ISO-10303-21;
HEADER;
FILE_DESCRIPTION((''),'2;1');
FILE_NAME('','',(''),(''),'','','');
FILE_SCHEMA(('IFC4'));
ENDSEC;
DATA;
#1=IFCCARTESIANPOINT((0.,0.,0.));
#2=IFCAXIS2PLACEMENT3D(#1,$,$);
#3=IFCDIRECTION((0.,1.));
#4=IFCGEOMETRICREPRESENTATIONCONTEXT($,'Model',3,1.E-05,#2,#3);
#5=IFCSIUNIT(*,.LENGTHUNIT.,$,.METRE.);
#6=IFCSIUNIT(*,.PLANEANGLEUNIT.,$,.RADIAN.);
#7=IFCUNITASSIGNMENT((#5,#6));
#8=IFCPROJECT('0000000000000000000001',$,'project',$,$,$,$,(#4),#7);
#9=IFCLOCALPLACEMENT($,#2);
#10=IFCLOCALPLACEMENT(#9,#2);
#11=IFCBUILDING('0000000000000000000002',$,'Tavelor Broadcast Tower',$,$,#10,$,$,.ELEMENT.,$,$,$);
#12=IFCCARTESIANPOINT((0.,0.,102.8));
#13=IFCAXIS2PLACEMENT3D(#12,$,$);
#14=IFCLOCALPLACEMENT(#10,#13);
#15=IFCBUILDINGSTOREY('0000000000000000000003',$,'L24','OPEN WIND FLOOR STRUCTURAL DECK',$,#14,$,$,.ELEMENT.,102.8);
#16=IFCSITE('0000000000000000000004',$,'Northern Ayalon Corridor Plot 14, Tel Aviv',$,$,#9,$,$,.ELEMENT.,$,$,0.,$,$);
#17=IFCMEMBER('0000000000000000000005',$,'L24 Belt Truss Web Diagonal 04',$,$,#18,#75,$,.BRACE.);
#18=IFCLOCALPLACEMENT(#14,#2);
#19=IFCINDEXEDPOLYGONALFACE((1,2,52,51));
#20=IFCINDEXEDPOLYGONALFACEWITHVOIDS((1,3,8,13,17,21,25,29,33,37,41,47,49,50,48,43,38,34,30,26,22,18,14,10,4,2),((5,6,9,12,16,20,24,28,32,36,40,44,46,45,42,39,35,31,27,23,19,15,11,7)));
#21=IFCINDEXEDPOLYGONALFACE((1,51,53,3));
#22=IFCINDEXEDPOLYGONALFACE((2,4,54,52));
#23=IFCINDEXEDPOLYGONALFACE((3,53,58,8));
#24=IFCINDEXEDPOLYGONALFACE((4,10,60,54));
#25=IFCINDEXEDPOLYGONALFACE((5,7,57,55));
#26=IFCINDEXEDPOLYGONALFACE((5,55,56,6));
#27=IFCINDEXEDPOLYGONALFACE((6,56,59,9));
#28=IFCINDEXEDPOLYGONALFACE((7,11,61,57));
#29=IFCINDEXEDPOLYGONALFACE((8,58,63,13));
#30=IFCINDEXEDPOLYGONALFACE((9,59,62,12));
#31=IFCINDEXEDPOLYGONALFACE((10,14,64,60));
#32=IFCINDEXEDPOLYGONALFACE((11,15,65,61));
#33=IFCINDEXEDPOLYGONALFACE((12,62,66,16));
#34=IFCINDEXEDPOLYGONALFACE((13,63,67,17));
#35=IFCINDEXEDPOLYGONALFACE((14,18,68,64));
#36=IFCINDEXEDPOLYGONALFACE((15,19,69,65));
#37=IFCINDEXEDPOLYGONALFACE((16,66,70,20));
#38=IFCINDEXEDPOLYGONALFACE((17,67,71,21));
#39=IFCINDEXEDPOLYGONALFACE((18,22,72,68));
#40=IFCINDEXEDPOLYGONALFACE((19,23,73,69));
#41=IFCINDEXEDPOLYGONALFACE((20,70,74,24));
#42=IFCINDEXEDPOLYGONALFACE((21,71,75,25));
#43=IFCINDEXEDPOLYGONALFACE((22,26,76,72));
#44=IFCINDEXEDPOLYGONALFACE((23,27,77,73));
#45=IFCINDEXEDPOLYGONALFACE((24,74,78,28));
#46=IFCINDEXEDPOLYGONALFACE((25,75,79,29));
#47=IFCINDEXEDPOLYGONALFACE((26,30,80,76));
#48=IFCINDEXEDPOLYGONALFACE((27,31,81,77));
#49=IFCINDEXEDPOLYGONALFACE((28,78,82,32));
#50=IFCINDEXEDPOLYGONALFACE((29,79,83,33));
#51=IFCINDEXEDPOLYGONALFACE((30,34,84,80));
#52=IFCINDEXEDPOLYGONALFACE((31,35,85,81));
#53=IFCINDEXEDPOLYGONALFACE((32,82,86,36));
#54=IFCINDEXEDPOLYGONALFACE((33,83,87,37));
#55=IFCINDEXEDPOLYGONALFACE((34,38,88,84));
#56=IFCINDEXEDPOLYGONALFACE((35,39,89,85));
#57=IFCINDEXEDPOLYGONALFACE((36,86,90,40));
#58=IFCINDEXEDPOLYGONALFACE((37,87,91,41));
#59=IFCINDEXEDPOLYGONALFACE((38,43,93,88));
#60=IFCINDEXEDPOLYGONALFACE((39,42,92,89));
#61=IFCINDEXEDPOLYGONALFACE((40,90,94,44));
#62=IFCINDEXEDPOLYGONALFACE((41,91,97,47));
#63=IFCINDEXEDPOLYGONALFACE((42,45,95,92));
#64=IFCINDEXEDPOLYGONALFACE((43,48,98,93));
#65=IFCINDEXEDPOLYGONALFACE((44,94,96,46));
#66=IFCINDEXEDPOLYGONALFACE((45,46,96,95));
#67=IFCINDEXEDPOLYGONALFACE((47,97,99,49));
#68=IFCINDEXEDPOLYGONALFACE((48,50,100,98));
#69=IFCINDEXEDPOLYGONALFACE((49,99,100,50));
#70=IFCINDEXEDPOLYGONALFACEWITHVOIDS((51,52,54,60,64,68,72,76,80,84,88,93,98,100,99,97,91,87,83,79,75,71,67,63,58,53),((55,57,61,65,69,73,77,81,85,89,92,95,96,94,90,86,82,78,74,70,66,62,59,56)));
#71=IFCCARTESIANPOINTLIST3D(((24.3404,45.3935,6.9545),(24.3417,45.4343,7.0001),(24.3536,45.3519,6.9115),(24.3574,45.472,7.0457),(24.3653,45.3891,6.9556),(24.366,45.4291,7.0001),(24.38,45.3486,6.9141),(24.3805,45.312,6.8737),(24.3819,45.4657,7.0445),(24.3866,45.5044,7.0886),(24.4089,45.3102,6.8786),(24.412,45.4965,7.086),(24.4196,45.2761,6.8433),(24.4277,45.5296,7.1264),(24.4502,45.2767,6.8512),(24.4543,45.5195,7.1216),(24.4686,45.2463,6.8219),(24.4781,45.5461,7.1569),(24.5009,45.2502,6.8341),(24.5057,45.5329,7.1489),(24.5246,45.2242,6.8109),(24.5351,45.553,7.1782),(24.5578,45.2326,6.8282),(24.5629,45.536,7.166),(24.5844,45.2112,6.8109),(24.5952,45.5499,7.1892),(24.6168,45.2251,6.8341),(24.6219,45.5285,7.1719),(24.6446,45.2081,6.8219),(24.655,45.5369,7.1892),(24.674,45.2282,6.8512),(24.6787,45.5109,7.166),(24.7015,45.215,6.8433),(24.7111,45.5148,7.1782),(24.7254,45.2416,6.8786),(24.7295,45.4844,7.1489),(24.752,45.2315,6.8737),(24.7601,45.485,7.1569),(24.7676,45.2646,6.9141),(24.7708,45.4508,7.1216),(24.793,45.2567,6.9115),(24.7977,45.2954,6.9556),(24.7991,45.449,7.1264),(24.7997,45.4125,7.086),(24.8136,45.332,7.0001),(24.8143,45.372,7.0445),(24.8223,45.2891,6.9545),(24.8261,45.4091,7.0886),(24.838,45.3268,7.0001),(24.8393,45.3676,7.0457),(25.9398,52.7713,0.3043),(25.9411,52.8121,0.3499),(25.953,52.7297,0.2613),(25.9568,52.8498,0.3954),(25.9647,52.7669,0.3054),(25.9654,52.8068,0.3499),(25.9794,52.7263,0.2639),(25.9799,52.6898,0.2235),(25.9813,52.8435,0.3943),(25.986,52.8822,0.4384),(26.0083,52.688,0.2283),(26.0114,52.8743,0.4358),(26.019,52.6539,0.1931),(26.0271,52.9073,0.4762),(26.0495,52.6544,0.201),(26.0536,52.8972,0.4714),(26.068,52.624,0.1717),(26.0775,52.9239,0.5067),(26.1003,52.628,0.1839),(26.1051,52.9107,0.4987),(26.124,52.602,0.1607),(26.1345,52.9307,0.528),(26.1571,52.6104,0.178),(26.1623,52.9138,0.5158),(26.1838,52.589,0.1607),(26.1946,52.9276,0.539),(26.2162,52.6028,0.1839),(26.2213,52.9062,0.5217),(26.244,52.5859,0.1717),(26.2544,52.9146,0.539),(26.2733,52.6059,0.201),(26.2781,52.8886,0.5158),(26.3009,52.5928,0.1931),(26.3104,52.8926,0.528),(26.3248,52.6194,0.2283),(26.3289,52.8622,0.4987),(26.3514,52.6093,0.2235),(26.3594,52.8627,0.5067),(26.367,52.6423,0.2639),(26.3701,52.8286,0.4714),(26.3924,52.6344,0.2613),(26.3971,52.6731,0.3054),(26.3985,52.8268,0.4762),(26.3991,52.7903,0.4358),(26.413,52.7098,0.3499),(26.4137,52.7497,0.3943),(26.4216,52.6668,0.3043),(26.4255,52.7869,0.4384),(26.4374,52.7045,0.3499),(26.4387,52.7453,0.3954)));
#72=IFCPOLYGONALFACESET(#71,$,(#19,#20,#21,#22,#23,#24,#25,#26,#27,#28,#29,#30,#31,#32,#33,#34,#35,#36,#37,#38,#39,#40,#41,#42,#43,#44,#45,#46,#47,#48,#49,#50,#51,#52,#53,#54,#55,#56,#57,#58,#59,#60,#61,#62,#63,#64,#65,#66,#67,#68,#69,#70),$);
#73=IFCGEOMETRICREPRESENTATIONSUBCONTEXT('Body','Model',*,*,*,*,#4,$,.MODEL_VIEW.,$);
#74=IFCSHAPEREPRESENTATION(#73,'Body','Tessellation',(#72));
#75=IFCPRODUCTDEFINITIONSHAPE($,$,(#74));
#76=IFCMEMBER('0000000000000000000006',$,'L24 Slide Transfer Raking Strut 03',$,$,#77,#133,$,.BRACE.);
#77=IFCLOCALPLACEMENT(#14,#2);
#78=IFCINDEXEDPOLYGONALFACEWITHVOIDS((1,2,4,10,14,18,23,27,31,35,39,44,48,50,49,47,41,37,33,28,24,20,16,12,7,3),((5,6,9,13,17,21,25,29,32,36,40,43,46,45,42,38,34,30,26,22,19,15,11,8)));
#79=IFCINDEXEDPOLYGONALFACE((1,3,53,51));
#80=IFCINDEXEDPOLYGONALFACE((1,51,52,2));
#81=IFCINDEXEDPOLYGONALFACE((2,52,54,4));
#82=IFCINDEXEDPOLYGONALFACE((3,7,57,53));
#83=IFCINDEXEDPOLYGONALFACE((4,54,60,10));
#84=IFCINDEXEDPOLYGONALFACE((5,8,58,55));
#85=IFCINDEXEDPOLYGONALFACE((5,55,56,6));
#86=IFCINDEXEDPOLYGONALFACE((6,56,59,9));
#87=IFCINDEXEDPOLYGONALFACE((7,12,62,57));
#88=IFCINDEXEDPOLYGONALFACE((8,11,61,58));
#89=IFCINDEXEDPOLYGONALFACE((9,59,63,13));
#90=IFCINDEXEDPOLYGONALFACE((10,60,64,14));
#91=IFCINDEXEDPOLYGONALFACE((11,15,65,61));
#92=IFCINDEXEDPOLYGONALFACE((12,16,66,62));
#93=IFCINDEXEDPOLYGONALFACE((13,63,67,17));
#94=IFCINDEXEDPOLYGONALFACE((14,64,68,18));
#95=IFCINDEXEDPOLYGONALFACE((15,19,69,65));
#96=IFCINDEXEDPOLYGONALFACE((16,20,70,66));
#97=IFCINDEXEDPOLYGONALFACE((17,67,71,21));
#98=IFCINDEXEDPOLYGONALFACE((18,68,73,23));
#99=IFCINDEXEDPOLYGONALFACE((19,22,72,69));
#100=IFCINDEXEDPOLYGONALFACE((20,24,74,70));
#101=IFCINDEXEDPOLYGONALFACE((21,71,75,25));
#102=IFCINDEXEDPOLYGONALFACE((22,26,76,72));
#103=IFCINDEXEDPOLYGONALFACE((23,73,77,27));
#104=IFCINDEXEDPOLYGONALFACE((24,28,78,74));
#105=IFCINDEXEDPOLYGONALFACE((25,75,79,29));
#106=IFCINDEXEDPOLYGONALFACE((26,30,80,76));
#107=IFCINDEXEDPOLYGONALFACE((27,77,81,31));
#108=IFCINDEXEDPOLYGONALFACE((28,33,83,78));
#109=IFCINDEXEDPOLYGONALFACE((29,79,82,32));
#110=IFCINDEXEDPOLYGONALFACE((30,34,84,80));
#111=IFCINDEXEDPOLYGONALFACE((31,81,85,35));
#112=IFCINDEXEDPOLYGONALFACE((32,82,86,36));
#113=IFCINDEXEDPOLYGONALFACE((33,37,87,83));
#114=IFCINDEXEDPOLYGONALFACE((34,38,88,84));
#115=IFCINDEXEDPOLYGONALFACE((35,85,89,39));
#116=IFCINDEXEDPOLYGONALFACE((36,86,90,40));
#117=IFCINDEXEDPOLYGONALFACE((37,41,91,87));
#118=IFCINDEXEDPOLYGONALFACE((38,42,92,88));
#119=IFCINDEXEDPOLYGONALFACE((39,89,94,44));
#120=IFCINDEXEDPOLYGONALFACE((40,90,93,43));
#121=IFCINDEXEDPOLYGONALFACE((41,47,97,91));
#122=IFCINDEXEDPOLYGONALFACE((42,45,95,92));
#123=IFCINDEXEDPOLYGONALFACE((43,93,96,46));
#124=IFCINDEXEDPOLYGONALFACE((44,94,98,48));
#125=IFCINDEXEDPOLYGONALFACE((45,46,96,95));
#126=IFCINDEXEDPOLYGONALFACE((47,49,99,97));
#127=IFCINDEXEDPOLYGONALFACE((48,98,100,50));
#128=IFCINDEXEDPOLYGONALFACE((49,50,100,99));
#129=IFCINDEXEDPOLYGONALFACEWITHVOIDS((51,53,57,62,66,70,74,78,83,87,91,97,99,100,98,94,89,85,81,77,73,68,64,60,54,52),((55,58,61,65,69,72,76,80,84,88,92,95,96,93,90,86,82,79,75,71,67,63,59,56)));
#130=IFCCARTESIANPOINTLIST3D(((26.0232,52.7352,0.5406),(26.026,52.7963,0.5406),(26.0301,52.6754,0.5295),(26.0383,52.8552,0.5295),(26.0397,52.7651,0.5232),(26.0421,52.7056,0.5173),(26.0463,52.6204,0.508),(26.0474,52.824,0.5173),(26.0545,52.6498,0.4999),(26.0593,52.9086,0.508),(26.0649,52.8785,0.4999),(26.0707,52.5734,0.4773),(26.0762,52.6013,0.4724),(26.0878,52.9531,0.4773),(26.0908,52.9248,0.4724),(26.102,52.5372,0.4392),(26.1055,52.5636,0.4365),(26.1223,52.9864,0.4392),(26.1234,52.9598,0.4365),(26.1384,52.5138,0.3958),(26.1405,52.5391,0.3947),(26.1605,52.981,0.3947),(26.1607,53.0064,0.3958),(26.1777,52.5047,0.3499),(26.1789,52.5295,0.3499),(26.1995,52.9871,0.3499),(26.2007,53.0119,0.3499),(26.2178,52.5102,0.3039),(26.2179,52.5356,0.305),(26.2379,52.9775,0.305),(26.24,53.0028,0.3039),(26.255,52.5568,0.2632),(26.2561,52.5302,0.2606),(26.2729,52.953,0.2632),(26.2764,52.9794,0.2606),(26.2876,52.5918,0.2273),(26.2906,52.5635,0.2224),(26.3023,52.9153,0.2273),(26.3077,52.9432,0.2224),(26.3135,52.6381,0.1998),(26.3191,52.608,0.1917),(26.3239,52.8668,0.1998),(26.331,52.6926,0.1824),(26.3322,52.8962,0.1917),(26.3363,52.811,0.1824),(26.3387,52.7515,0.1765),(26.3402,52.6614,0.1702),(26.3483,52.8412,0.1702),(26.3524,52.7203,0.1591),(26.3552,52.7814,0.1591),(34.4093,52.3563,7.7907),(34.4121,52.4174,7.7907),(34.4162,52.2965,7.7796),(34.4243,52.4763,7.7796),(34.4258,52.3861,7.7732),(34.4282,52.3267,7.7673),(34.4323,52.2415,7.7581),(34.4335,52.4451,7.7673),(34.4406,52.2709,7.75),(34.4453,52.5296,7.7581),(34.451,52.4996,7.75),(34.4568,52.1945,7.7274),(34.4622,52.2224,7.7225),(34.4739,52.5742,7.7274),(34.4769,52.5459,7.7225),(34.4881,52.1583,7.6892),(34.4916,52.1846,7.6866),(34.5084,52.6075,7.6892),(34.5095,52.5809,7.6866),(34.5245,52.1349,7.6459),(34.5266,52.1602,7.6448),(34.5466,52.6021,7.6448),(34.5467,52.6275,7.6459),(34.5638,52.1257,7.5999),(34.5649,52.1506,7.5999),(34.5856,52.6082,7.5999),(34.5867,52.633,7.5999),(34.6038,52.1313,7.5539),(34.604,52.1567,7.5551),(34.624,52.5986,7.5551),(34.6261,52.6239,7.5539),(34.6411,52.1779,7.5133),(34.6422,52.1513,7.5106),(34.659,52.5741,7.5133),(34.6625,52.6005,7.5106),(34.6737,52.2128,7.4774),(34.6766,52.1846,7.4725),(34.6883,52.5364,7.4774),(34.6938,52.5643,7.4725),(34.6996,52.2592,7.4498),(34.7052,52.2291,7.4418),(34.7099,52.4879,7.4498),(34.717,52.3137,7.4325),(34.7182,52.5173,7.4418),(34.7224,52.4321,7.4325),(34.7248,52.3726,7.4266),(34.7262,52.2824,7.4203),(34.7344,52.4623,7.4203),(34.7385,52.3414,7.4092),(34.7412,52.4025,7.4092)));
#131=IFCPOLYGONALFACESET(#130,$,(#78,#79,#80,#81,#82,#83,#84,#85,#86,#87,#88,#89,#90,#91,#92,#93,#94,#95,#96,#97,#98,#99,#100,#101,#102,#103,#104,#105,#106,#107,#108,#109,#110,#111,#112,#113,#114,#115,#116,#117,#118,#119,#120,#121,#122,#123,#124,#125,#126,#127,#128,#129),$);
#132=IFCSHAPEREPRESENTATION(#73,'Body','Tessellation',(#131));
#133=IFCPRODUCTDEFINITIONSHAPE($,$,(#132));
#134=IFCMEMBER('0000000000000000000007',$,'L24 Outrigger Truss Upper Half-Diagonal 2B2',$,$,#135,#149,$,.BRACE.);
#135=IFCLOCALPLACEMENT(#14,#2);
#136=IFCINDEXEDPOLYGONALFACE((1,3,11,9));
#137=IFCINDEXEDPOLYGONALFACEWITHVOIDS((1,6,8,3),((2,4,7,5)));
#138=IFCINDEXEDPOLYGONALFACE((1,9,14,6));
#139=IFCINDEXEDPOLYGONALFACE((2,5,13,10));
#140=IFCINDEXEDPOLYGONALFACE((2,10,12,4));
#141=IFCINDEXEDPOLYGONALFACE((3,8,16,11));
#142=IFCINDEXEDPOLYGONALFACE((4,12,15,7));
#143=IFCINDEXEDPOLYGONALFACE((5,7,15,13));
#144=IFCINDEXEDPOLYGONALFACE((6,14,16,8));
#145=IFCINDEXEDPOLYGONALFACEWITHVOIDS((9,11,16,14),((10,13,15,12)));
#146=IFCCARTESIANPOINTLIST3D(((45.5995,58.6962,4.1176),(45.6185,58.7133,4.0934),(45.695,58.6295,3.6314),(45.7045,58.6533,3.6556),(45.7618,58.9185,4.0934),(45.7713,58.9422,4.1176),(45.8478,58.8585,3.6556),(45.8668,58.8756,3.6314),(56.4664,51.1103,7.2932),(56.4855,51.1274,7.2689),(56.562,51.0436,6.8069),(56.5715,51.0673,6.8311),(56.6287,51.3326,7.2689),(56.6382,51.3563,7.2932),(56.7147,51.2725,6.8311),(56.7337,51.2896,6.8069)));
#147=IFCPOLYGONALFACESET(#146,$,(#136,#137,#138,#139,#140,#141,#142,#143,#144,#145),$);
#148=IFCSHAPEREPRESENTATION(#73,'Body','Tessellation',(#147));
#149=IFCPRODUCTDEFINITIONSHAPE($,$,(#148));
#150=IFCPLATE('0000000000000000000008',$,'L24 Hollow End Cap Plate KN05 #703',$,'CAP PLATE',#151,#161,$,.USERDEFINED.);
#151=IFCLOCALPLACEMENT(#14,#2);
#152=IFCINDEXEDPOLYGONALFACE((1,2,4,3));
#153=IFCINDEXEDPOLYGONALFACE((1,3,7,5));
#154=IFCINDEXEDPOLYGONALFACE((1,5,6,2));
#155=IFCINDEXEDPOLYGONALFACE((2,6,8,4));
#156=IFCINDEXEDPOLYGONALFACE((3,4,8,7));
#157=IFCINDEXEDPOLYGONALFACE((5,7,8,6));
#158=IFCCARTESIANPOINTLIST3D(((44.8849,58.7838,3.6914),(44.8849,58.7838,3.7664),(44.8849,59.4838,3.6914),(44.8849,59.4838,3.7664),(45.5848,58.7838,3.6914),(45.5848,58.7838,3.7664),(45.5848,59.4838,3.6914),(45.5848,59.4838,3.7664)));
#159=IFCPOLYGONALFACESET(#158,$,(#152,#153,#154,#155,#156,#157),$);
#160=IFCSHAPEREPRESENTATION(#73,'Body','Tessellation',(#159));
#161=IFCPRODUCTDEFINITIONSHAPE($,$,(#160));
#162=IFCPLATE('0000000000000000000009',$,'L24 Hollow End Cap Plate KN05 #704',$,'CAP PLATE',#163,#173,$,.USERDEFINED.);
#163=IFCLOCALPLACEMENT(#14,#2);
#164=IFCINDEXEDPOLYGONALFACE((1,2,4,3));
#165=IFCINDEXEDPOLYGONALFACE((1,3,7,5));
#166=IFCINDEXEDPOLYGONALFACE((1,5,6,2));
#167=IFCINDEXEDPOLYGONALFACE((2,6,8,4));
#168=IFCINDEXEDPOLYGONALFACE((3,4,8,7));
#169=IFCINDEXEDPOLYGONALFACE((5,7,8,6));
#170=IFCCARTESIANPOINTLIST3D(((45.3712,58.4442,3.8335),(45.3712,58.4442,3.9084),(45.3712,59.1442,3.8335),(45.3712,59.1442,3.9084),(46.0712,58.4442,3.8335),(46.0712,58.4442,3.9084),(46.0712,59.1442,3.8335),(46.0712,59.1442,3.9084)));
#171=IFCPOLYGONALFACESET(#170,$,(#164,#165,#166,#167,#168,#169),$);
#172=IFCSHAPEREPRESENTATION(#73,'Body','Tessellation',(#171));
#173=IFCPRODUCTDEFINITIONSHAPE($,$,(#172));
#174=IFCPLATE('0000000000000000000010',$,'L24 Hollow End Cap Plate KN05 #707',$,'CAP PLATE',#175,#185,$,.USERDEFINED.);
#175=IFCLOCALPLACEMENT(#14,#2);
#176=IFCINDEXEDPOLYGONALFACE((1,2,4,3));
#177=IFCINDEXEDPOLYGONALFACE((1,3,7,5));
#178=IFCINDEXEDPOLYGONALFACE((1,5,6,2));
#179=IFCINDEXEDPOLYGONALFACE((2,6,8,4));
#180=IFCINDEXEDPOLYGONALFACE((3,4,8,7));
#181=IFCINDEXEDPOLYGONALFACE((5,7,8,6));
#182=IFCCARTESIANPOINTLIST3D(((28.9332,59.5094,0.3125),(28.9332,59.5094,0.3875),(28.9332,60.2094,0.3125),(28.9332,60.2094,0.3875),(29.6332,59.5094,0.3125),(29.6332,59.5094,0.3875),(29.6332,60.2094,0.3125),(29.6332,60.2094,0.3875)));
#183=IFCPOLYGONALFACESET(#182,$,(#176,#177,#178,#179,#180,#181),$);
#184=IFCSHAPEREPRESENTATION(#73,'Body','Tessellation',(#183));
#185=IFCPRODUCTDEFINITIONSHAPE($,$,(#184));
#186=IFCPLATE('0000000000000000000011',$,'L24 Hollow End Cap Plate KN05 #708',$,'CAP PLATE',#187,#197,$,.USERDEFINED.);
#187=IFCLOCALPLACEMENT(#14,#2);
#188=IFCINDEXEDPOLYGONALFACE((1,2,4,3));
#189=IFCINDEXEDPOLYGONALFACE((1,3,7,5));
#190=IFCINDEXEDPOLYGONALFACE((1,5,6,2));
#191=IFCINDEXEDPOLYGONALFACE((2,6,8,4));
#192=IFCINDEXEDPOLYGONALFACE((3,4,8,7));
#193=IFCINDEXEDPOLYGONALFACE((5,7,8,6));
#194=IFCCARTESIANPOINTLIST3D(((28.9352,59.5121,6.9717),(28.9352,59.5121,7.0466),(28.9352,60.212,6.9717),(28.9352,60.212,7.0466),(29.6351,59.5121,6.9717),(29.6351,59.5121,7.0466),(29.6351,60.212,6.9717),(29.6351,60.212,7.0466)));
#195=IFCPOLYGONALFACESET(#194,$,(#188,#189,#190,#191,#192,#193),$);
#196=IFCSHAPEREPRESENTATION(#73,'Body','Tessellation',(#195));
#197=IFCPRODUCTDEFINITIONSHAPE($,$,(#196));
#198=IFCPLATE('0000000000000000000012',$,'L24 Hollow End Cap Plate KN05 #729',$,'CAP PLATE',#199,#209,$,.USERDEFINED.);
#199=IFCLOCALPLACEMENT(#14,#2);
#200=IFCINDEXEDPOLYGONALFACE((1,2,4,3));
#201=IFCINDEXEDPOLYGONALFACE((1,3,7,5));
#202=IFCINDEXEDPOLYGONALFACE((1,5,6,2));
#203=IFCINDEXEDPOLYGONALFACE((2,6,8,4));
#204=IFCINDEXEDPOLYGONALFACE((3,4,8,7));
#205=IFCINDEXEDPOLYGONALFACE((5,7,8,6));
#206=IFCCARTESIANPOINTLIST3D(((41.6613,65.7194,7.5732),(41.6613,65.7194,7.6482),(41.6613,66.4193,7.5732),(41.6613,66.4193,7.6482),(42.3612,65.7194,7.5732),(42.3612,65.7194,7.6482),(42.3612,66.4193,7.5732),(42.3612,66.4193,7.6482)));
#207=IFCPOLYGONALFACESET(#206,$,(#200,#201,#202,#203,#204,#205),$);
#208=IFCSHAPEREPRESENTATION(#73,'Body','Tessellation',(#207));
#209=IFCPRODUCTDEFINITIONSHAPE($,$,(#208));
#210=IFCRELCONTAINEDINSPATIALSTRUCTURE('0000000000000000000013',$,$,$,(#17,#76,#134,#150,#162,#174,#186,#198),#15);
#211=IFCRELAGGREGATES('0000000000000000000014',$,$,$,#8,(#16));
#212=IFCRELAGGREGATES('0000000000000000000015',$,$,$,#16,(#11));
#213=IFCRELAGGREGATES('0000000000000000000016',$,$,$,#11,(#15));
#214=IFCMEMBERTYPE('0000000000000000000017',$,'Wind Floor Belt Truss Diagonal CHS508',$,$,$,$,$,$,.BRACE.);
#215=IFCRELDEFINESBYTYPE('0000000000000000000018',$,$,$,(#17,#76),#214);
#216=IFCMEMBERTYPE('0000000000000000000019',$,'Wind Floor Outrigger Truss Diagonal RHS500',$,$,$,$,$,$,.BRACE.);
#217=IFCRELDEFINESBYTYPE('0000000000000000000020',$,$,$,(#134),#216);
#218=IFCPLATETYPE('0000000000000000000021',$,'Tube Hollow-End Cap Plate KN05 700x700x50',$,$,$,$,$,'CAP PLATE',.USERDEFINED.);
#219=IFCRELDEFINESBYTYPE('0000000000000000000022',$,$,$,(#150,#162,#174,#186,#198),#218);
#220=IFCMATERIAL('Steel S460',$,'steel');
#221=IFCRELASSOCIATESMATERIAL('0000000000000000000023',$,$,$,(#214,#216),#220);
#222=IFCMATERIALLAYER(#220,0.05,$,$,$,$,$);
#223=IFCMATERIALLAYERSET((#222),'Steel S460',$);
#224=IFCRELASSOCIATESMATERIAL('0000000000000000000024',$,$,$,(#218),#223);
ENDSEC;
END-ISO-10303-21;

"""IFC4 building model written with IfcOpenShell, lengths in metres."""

from ifc_helpers import new_model, si_unit, direction, frame, origin, origin_2d, place, context, subcontext, project, spatial, rectangle, hollow_rectangle, hollow_circle, extrude, source, transform, mapped, material, layer, layer_set, material_profile, profile_set, type_object, element, save


model = new_model("IFC4")

# Units and contexts
model_context = context("Model", 3, precision=1e-05, world=origin(), true_north=direction((0.0, 1.0)))
body_context = subcontext(model_context, "Body", "Model", "MODEL_VIEW")
ifc_project = project(units=[si_unit("LENGTHUNIT", "METRE"), si_unit("PLANEANGLEUNIT", "RADIAN")], contexts=[model_context])

# Site, building, storey
site_placement = place(None, origin())
site = spatial("IfcSite", under=ifc_project, at=site_placement, Name="Northern Ayalon Corridor Plot 14, Tel Aviv", CompositionType="ELEMENT", RefElevation=0.0)
building_placement = place(site_placement, origin())
building = spatial("IfcBuilding", under=site, at=building_placement, Name="Tavelor Broadcast Tower", CompositionType="ELEMENT")
storey_placement = place(building_placement, frame((0.0, 0.0, 102.8)))
storey = spatial("IfcBuildingStorey", under=building, at=storey_placement, Name="L24", Description="OPEN WIND FLOOR STRUCTURAL DECK", CompositionType="ELEMENT", Elevation=102.8)

# Shared definitions
ifc_material_1 = material(Name="Steel S460", Category="steel")

# Members
ifc_material_profile_1 = material_profile(ifc_material_1, hollow_circle(Radius=0.2539, WallThickness=0.0249, at=origin_2d()), Name="CHS 508x25")
ifc_profile_set_1 = profile_set([ifc_material_profile_1], Name="Steel S460")
member_type_1 = type_object("IfcMemberType", Name="Wind Floor Belt Truss Diagonal CHS508", PredefinedType="BRACE", material=ifc_profile_set_1)
member_1_placement = place(storey_placement, frame((26.1892, 52.7583, 0.3499), z_axis=(-0.158976, -0.733336, 0.661019), x_axis=(0.977299, -0.211863, 0.0)))
element("IfcMember", 1, at=member_1_placement, inside=storey, type_object=member_type_1, Name="L24 Belt Truss Web Diagonal 04", PredefinedType="BRACE", context=body_context, shape_type="SweptSolid", body=[
    extrude(hollow_circle(Radius=0.2539, WallThickness=0.0249, at=origin_2d()), origin(), (0.0, 0.0, 1.0), 10.0605),
])
member_2_placement = place(storey_placement, frame((26.1892, 52.7583, 0.3499), z_axis=(0.756044, -0.034161, 0.653629), x_axis=(0.045137, 0.998981, 0.0)))
element("IfcMember", 2, at=member_2_placement, inside=storey, type_object=member_type_1, Name="L24 Slide Transfer Raking Strut 03", PredefinedType="BRACE", context=body_context, shape_type="SweptSolid", body=[
    extrude(hollow_circle(Radius=0.2539, WallThickness=0.0249, at=origin_2d()), origin(), (0.0, 0.0, 1.0), 11.092),
])
ifc_material_profile_2 = material_profile(ifc_material_1, hollow_rectangle(XDim=0.3, YDim=0.5, WallThickness=0.0249, at=origin_2d()), Name="RHS 500x300x25")
ifc_profile_set_2 = profile_set([ifc_material_profile_2], Name="Steel S460")
member_type_2 = type_object("IfcMemberType", Name="Wind Floor Outrigger Truss Diagonal RHS500", PredefinedType="BRACE", material=ifc_profile_set_2)
member_3_placement = place(storey_placement, frame((45.7332, 58.7859, 3.8745), z_axis=(0.797401, -0.556646, 0.233017), x_axis=(0.572402, 0.819973, 0.0)))
element("IfcMember", 3, at=member_3_placement, inside=storey, type_object=member_type_2, Name="L24 Outrigger Truss Upper Half-Diagonal 2B2", PredefinedType="BRACE", context=body_context, shape_type="SweptSolid", body=[
    extrude(hollow_rectangle(XDim=0.3, YDim=0.5, WallThickness=0.0249, at=origin_2d()), origin(), (0.0, 0.0, 1.0), 13.6279),
])

# Plates
ifc_layer_1 = layer(ifc_material_1, 0.05)
ifc_layer_set_1 = layer_set([ifc_layer_1], Name="Steel S460")
plate_type_1 = type_object("IfcPlateType", Name="Tube Hollow-End Cap Plate KN05 700x700x50", ElementType="CAP PLATE", PredefinedType="USERDEFINED", material=ifc_layer_set_1)
shared_shape_1 = source(origin(), body_context, "Body", "SweptSolid", [
    extrude(rectangle(XDim=0.7, YDim=0.7, at=origin_2d()), origin(), (0.0, 0.0, 1.0), 0.075),
])
for number, where, z_axis, x_axis, name in (
    (4, (45.2349, 59.1338, 3.6914), (0.0, 0.0, 1.0), (1.0, 0.0, 0.0), "L24 Hollow End Cap Plate KN05 #703"),
    (5, (45.7212, 58.7942, 3.8335), (0.0, 0.0, 1.0), (1.0, 0.0, 0.0), "L24 Hollow End Cap Plate KN05 #704"),
    (6, (29.2832, 59.8594, 0.3125), (0.0, 0.0, 1.0), (1.0, 0.0, 0.0), "L24 Hollow End Cap Plate KN05 #707"),
    (7, (29.2852, 59.8621, 6.9717), (0.0, 0.0, 1.0), (1.0, 0.0, 0.0), "L24 Hollow End Cap Plate KN05 #708"),
    (8, (42.0112, 66.0693, 7.5732), (0.0, 0.0, 1.0), (1.0, 0.0, 0.0), "L24 Hollow End Cap Plate KN05 #729"),
):
    element("IfcPlate", number, at=place(storey_placement, frame(where, z_axis=z_axis, x_axis=x_axis)), inside=storey, type_object=plate_type_1, Name=name, ObjectType="CAP PLATE", PredefinedType="USERDEFINED", context=body_context, shape_type="MappedRepresentation", body=[
        mapped(shared_shape_1, transform((0.0, 0.0, 0.0), scale=1.0)),
    ])

save(model, "model.ifc")
